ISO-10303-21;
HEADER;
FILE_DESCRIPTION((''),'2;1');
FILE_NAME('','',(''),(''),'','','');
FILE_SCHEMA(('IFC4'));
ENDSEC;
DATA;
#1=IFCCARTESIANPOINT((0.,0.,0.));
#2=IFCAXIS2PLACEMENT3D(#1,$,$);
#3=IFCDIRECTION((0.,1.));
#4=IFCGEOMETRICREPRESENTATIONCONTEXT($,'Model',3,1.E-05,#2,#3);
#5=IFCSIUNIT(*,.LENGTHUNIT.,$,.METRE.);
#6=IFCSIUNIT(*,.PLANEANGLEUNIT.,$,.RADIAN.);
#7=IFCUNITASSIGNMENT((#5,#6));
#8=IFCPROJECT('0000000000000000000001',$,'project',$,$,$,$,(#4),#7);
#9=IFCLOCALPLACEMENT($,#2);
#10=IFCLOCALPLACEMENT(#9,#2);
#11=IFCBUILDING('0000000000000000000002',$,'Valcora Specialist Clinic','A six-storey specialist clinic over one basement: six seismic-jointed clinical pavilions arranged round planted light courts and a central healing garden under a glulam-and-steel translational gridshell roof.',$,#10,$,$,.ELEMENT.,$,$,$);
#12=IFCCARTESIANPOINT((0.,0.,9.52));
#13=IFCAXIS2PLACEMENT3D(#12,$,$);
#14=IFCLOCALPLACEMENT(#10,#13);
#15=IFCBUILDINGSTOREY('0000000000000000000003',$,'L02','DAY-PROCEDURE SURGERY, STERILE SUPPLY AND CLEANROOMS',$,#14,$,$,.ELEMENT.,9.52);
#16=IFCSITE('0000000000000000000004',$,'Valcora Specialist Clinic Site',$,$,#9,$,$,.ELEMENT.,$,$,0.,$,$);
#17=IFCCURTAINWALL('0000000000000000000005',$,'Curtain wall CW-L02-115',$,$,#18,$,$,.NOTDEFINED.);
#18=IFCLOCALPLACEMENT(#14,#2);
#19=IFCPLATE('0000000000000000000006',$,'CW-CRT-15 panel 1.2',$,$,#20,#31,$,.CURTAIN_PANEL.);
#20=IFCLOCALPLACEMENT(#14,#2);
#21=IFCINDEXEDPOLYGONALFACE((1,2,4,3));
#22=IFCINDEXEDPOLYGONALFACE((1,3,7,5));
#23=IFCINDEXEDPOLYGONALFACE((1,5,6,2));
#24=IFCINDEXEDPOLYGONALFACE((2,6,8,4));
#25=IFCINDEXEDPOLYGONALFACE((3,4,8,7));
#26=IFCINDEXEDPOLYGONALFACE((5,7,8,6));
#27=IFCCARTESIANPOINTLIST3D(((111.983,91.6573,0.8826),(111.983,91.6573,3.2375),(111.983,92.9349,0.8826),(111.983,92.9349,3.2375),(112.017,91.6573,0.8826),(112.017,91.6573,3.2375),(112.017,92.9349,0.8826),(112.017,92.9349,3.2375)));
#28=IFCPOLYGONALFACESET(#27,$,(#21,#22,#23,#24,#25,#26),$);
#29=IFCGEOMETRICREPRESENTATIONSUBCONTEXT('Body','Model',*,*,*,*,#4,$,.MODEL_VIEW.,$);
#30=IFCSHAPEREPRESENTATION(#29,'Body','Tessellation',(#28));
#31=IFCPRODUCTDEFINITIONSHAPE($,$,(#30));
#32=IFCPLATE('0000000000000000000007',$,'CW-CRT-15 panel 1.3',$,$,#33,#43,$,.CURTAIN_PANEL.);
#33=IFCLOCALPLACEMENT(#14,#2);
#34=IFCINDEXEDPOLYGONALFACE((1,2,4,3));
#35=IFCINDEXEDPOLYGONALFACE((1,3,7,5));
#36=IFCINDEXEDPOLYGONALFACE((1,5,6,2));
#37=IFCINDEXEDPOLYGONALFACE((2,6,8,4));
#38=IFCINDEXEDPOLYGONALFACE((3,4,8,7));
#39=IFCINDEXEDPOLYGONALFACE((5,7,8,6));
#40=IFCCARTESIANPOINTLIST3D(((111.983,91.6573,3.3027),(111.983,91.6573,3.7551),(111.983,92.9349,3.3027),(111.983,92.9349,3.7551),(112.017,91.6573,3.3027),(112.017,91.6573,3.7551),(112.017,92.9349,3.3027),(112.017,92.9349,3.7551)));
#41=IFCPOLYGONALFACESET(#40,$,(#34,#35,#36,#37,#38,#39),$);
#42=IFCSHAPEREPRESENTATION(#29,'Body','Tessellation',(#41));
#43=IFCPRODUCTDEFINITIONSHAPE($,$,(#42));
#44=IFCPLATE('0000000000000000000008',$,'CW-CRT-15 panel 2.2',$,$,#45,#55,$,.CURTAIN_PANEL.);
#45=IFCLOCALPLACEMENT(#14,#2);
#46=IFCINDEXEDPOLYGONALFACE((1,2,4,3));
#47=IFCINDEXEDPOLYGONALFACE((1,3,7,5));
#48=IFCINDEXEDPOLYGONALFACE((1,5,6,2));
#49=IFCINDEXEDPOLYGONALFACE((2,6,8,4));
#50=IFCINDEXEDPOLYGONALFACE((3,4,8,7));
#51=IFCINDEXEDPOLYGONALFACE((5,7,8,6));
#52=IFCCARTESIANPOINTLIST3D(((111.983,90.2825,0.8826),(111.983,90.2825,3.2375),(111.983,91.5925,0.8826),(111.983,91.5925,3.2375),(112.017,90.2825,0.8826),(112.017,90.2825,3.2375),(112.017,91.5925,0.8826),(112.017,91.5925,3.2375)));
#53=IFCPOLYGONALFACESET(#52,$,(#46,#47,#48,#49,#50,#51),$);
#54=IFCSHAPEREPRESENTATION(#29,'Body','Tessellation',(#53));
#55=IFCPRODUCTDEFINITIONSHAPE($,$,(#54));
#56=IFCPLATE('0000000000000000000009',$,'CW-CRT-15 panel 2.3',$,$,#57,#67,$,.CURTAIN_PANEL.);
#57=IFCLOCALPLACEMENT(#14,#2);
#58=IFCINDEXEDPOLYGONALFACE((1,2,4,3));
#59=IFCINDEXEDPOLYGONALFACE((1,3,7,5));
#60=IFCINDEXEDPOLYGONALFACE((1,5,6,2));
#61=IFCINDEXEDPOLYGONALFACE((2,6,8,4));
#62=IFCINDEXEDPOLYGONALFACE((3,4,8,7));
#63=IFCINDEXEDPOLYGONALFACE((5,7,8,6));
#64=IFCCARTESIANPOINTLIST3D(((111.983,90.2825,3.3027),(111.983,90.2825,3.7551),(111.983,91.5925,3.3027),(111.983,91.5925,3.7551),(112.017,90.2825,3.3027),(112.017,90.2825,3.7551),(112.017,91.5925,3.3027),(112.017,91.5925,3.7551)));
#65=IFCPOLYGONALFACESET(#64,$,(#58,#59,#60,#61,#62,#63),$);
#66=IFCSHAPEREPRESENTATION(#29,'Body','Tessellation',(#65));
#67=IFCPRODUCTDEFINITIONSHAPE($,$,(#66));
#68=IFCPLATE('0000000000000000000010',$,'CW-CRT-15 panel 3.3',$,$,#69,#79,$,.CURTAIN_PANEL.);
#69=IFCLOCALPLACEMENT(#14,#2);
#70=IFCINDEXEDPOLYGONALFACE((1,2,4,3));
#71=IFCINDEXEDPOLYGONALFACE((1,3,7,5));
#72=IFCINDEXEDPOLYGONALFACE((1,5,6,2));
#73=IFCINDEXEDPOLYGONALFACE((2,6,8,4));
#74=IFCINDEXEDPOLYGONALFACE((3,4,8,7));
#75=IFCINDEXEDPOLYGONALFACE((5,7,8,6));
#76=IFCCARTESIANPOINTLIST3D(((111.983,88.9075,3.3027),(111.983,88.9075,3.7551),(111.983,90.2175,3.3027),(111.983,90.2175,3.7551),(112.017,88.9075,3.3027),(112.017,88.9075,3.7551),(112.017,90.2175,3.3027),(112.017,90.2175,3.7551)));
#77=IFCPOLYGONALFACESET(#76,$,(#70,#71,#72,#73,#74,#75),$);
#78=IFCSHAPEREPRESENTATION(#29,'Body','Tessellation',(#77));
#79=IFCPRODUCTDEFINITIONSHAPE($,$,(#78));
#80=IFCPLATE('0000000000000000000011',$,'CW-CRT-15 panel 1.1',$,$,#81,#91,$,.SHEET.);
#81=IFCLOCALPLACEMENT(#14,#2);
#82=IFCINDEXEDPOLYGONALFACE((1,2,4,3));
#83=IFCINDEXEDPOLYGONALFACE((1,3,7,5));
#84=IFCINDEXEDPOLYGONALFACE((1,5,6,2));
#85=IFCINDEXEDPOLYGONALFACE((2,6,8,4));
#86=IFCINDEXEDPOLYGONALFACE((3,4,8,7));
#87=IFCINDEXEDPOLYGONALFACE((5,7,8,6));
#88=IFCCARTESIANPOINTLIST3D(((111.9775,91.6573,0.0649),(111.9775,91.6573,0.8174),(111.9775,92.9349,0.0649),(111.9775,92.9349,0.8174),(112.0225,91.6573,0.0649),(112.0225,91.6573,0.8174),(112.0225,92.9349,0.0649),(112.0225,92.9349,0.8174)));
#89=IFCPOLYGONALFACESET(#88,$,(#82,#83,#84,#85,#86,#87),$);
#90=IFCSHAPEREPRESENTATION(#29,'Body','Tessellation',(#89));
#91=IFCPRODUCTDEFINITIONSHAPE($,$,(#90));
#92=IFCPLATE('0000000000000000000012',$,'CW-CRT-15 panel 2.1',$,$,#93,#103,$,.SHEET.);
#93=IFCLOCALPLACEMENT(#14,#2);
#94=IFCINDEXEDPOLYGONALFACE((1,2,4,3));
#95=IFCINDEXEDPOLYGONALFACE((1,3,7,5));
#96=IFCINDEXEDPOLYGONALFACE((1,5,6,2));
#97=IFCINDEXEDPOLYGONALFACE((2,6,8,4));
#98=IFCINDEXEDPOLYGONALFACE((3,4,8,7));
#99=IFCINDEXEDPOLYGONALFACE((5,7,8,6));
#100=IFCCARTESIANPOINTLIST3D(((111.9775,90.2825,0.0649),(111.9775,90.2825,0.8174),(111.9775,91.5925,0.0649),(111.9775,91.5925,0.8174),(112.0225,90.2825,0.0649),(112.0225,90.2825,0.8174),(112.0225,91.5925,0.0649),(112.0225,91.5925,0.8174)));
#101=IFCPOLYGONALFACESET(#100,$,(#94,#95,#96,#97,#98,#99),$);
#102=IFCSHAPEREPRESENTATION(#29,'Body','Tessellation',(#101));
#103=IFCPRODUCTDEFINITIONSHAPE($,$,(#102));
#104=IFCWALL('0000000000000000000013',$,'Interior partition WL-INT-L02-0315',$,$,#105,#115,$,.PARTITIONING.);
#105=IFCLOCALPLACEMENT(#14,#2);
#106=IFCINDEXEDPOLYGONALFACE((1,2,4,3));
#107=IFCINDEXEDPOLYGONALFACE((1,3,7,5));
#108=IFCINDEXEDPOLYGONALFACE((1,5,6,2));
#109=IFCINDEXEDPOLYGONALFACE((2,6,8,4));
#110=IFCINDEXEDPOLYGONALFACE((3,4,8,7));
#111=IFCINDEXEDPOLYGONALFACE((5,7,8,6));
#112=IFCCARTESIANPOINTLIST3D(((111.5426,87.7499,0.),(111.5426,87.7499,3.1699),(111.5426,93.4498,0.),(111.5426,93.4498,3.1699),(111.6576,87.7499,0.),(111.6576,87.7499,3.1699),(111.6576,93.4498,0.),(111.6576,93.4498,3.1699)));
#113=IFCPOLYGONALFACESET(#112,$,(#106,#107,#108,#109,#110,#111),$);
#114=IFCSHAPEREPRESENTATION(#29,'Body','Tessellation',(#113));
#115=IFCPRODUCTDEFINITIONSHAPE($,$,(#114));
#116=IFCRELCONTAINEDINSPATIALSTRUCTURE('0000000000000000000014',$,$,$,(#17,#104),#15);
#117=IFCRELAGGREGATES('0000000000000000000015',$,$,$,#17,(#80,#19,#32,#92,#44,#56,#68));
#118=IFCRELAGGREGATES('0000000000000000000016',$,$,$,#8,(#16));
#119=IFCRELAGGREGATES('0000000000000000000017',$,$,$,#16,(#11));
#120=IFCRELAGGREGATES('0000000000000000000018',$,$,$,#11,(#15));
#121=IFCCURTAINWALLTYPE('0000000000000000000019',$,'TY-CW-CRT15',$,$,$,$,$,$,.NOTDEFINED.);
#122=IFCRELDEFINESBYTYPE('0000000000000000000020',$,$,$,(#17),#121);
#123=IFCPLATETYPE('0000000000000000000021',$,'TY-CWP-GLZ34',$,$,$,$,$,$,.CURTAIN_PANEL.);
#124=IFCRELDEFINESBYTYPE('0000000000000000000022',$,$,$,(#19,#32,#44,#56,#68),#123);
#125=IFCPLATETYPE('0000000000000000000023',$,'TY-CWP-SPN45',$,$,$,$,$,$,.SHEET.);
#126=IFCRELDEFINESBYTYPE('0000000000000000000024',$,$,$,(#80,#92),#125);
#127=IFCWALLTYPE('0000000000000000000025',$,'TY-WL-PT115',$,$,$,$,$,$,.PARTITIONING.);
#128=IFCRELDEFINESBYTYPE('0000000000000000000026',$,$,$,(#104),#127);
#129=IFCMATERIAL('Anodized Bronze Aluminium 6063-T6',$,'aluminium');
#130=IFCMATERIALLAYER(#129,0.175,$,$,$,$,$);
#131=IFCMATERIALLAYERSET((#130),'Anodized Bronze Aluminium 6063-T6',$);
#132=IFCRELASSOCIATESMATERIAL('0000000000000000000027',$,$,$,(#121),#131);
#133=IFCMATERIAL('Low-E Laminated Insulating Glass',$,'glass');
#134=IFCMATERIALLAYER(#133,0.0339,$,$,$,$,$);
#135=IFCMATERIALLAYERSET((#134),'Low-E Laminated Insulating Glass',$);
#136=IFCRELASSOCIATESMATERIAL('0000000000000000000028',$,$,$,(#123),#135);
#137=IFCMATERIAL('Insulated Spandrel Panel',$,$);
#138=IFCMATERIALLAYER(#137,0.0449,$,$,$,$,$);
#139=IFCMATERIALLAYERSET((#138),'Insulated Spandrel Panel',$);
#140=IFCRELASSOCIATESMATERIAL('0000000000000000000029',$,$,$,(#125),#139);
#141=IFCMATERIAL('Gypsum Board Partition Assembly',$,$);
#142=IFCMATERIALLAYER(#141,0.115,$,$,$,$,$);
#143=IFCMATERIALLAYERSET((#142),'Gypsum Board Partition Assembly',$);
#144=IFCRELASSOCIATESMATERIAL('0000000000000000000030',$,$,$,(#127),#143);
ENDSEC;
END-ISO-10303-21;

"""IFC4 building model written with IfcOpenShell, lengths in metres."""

from ifc_helpers import new_model, si_unit, direction, frame, frame_2d, origin, origin_2d, place, context, subcontext, project, spatial, rectangle, extrude, material, layer, layer_set, type_object, element, aggregate, save


model = new_model("IFC4")

# Units and contexts
model_context = context("Model", 3, precision=1e-05, world=origin(), true_north=direction((0.0, 1.0)))
body_context = subcontext(model_context, "Body", "Model", "MODEL_VIEW")
ifc_project = project(units=[si_unit("LENGTHUNIT", "METRE"), si_unit("PLANEANGLEUNIT", "RADIAN")], contexts=[model_context])

# Site, building, storey
site_placement = place(None, origin())
site = spatial("IfcSite", under=ifc_project, at=site_placement, Name="Valcora Specialist Clinic Site", CompositionType="ELEMENT", RefElevation=0.0)
building_placement = place(site_placement, origin())
building = spatial("IfcBuilding", under=site, at=building_placement, Name="Valcora Specialist Clinic", Description="A six-storey specialist clinic over one basement: six seismic-jointed clinical pavilions arranged round planted light courts and a central healing garden under a glulam-and-steel translational gridshell roof.", CompositionType="ELEMENT")
storey_placement = place(building_placement, frame((0.0, 0.0, 9.52)))
storey = spatial("IfcBuildingStorey", under=building, at=storey_placement, Name="L02", Description="DAY-PROCEDURE SURGERY, STERILE SUPPLY AND CLEANROOMS", CompositionType="ELEMENT", Elevation=9.52)

# Curtain wall, plates
ifc_material_1 = material(Name="Anodized Bronze Aluminium 6063-T6", Category="aluminium")
ifc_layer_1 = layer(ifc_material_1, 0.175)
ifc_layer_set_1 = layer_set([ifc_layer_1], Name="Anodized Bronze Aluminium 6063-T6")
curtain_wall_type = type_object("IfcCurtainWallType", Name="TY-CW-CRT15", PredefinedType="NOTDEFINED", material=ifc_layer_set_1)
curtain_wall_placement = place(storey_placement, origin())
curtain_wall = element("IfcCurtainWall", 1, at=curtain_wall_placement, inside=storey, type_object=curtain_wall_type, Name="Curtain wall CW-L02-115", PredefinedType="NOTDEFINED")
ifc_material_2 = material(Name="Low-E Laminated Insulating Glass", Category="glass")
ifc_layer_2 = layer(ifc_material_2, 0.0339)
ifc_layer_set_2 = layer_set([ifc_layer_2], Name="Low-E Laminated Insulating Glass")
plate_type_1 = type_object("IfcPlateType", Name="TY-CWP-GLZ34", PredefinedType="CURTAIN_PANEL", material=ifc_layer_set_2)
plate_1_placement = place(storey_placement, frame((112.0, 92.2961, 0.8826), z_axis=(0.0, 0.0, 1.0), x_axis=(0.0, -1.0, 0.0)))
plate_1 = element("IfcPlate", 2, at=plate_1_placement, type_object=plate_type_1, Name="CW-CRT-15 panel 1.2", PredefinedType="CURTAIN_PANEL", context=body_context, shape_type="SweptSolid", body=[
    extrude(rectangle(XDim=1.2776, YDim=0.0339, at=origin_2d()), origin(), (0.0, 0.0, 1.0), 2.355),
])
plate_2_placement = place(storey_placement, frame((112.0, 92.2961, 3.3027), z_axis=(0.0, 0.0, 1.0), x_axis=(0.0, -1.0, 0.0)))
plate_2 = element("IfcPlate", 3, at=plate_2_placement, type_object=plate_type_1, Name="CW-CRT-15 panel 1.3", PredefinedType="CURTAIN_PANEL", context=body_context, shape_type="SweptSolid", body=[
    extrude(rectangle(XDim=1.2776, YDim=0.0339, at=origin_2d()), origin(), (0.0, 0.0, 1.0), 0.4524),
])
plate_3_placement = place(storey_placement, frame((112.0, 90.9375, 0.8826), z_axis=(0.0, 0.0, 1.0), x_axis=(0.0, -1.0, 0.0)))
plate_3 = element("IfcPlate", 4, at=plate_3_placement, type_object=plate_type_1, Name="CW-CRT-15 panel 2.2", PredefinedType="CURTAIN_PANEL", context=body_context, shape_type="SweptSolid", body=[
    extrude(rectangle(XDim=1.3101, YDim=0.0339, at=origin_2d()), origin(), (0.0, 0.0, 1.0), 2.355),
])
plate_4_placement = place(storey_placement, frame((112.0, 90.9375, 3.3027), z_axis=(0.0, 0.0, 1.0), x_axis=(0.0, -1.0, 0.0)))
plate_4 = element("IfcPlate", 5, at=plate_4_placement, type_object=plate_type_1, Name="CW-CRT-15 panel 2.3", PredefinedType="CURTAIN_PANEL", context=body_context, shape_type="SweptSolid", body=[
    extrude(rectangle(XDim=1.3101, YDim=0.0339, at=origin_2d()), origin(), (0.0, 0.0, 1.0), 0.4524),
])
plate_5_placement = place(storey_placement, frame((112.0, 89.5625, 3.3027), z_axis=(0.0, 0.0, 1.0), x_axis=(0.0, -1.0, 0.0)))
plate_5 = element("IfcPlate", 6, at=plate_5_placement, type_object=plate_type_1, Name="CW-CRT-15 panel 3.3", PredefinedType="CURTAIN_PANEL", context=body_context, shape_type="SweptSolid", body=[
    extrude(rectangle(XDim=1.3101, YDim=0.0339, at=origin_2d()), origin(), (0.0, 0.0, 1.0), 0.4524),
])
ifc_material_3 = material(Name="Insulated Spandrel Panel")
ifc_layer_3 = layer(ifc_material_3, 0.0449)
ifc_layer_set_3 = layer_set([ifc_layer_3], Name="Insulated Spandrel Panel")
plate_type_2 = type_object("IfcPlateType", Name="TY-CWP-SPN45", PredefinedType="SHEET", material=ifc_layer_set_3)
plate_6_placement = place(storey_placement, frame((112.0, 92.2961, 0.0649), z_axis=(0.0, 0.0, 1.0), x_axis=(0.0, -1.0, 0.0)))
plate_6 = element("IfcPlate", 7, at=plate_6_placement, type_object=plate_type_2, Name="CW-CRT-15 panel 1.1", PredefinedType="SHEET", context=body_context, shape_type="SweptSolid", body=[
    extrude(rectangle(XDim=1.2776, YDim=0.0449, at=origin_2d()), origin(), (0.0, 0.0, 1.0), 0.7524),
])
plate_7_placement = place(storey_placement, frame((112.0, 90.9375, 0.0649), z_axis=(0.0, 0.0, 1.0), x_axis=(0.0, -1.0, 0.0)))
plate_7 = element("IfcPlate", 8, at=plate_7_placement, type_object=plate_type_2, Name="CW-CRT-15 panel 2.1", PredefinedType="SHEET", context=body_context, shape_type="SweptSolid", body=[
    extrude(rectangle(XDim=1.3101, YDim=0.0449, at=origin_2d()), origin(), (0.0, 0.0, 1.0), 0.7524),
])
aggregate(curtain_wall, [plate_6, plate_1, plate_2, plate_7, plate_3, plate_4, plate_5])

# Wall
ifc_material_4 = material(Name="Gypsum Board Partition Assembly")
ifc_layer_4 = layer(ifc_material_4, 0.115)
ifc_layer_set_4 = layer_set([ifc_layer_4], Name="Gypsum Board Partition Assembly")
wall_type = type_object("IfcWallType", Name="TY-WL-PT115", PredefinedType="PARTITIONING", material=ifc_layer_set_4)
wall_placement = place(storey_placement, frame((111.6001, 93.45, 0.0), z_axis=(0.0, 0.0, 1.0), x_axis=(0.0, -1.0, 0.0)))
element("IfcWall", 9, at=wall_placement, inside=storey, type_object=wall_type, Name="Interior partition WL-INT-L02-0315", PredefinedType="PARTITIONING", context=body_context, shape_type="SweptSolid", body=[
    extrude(rectangle(XDim=5.7, YDim=0.115, at=frame_2d((2.8501, 0.0))), origin(), (0.0, 0.0, 1.0), 3.1699),
])

save(model, "model.ifc")
